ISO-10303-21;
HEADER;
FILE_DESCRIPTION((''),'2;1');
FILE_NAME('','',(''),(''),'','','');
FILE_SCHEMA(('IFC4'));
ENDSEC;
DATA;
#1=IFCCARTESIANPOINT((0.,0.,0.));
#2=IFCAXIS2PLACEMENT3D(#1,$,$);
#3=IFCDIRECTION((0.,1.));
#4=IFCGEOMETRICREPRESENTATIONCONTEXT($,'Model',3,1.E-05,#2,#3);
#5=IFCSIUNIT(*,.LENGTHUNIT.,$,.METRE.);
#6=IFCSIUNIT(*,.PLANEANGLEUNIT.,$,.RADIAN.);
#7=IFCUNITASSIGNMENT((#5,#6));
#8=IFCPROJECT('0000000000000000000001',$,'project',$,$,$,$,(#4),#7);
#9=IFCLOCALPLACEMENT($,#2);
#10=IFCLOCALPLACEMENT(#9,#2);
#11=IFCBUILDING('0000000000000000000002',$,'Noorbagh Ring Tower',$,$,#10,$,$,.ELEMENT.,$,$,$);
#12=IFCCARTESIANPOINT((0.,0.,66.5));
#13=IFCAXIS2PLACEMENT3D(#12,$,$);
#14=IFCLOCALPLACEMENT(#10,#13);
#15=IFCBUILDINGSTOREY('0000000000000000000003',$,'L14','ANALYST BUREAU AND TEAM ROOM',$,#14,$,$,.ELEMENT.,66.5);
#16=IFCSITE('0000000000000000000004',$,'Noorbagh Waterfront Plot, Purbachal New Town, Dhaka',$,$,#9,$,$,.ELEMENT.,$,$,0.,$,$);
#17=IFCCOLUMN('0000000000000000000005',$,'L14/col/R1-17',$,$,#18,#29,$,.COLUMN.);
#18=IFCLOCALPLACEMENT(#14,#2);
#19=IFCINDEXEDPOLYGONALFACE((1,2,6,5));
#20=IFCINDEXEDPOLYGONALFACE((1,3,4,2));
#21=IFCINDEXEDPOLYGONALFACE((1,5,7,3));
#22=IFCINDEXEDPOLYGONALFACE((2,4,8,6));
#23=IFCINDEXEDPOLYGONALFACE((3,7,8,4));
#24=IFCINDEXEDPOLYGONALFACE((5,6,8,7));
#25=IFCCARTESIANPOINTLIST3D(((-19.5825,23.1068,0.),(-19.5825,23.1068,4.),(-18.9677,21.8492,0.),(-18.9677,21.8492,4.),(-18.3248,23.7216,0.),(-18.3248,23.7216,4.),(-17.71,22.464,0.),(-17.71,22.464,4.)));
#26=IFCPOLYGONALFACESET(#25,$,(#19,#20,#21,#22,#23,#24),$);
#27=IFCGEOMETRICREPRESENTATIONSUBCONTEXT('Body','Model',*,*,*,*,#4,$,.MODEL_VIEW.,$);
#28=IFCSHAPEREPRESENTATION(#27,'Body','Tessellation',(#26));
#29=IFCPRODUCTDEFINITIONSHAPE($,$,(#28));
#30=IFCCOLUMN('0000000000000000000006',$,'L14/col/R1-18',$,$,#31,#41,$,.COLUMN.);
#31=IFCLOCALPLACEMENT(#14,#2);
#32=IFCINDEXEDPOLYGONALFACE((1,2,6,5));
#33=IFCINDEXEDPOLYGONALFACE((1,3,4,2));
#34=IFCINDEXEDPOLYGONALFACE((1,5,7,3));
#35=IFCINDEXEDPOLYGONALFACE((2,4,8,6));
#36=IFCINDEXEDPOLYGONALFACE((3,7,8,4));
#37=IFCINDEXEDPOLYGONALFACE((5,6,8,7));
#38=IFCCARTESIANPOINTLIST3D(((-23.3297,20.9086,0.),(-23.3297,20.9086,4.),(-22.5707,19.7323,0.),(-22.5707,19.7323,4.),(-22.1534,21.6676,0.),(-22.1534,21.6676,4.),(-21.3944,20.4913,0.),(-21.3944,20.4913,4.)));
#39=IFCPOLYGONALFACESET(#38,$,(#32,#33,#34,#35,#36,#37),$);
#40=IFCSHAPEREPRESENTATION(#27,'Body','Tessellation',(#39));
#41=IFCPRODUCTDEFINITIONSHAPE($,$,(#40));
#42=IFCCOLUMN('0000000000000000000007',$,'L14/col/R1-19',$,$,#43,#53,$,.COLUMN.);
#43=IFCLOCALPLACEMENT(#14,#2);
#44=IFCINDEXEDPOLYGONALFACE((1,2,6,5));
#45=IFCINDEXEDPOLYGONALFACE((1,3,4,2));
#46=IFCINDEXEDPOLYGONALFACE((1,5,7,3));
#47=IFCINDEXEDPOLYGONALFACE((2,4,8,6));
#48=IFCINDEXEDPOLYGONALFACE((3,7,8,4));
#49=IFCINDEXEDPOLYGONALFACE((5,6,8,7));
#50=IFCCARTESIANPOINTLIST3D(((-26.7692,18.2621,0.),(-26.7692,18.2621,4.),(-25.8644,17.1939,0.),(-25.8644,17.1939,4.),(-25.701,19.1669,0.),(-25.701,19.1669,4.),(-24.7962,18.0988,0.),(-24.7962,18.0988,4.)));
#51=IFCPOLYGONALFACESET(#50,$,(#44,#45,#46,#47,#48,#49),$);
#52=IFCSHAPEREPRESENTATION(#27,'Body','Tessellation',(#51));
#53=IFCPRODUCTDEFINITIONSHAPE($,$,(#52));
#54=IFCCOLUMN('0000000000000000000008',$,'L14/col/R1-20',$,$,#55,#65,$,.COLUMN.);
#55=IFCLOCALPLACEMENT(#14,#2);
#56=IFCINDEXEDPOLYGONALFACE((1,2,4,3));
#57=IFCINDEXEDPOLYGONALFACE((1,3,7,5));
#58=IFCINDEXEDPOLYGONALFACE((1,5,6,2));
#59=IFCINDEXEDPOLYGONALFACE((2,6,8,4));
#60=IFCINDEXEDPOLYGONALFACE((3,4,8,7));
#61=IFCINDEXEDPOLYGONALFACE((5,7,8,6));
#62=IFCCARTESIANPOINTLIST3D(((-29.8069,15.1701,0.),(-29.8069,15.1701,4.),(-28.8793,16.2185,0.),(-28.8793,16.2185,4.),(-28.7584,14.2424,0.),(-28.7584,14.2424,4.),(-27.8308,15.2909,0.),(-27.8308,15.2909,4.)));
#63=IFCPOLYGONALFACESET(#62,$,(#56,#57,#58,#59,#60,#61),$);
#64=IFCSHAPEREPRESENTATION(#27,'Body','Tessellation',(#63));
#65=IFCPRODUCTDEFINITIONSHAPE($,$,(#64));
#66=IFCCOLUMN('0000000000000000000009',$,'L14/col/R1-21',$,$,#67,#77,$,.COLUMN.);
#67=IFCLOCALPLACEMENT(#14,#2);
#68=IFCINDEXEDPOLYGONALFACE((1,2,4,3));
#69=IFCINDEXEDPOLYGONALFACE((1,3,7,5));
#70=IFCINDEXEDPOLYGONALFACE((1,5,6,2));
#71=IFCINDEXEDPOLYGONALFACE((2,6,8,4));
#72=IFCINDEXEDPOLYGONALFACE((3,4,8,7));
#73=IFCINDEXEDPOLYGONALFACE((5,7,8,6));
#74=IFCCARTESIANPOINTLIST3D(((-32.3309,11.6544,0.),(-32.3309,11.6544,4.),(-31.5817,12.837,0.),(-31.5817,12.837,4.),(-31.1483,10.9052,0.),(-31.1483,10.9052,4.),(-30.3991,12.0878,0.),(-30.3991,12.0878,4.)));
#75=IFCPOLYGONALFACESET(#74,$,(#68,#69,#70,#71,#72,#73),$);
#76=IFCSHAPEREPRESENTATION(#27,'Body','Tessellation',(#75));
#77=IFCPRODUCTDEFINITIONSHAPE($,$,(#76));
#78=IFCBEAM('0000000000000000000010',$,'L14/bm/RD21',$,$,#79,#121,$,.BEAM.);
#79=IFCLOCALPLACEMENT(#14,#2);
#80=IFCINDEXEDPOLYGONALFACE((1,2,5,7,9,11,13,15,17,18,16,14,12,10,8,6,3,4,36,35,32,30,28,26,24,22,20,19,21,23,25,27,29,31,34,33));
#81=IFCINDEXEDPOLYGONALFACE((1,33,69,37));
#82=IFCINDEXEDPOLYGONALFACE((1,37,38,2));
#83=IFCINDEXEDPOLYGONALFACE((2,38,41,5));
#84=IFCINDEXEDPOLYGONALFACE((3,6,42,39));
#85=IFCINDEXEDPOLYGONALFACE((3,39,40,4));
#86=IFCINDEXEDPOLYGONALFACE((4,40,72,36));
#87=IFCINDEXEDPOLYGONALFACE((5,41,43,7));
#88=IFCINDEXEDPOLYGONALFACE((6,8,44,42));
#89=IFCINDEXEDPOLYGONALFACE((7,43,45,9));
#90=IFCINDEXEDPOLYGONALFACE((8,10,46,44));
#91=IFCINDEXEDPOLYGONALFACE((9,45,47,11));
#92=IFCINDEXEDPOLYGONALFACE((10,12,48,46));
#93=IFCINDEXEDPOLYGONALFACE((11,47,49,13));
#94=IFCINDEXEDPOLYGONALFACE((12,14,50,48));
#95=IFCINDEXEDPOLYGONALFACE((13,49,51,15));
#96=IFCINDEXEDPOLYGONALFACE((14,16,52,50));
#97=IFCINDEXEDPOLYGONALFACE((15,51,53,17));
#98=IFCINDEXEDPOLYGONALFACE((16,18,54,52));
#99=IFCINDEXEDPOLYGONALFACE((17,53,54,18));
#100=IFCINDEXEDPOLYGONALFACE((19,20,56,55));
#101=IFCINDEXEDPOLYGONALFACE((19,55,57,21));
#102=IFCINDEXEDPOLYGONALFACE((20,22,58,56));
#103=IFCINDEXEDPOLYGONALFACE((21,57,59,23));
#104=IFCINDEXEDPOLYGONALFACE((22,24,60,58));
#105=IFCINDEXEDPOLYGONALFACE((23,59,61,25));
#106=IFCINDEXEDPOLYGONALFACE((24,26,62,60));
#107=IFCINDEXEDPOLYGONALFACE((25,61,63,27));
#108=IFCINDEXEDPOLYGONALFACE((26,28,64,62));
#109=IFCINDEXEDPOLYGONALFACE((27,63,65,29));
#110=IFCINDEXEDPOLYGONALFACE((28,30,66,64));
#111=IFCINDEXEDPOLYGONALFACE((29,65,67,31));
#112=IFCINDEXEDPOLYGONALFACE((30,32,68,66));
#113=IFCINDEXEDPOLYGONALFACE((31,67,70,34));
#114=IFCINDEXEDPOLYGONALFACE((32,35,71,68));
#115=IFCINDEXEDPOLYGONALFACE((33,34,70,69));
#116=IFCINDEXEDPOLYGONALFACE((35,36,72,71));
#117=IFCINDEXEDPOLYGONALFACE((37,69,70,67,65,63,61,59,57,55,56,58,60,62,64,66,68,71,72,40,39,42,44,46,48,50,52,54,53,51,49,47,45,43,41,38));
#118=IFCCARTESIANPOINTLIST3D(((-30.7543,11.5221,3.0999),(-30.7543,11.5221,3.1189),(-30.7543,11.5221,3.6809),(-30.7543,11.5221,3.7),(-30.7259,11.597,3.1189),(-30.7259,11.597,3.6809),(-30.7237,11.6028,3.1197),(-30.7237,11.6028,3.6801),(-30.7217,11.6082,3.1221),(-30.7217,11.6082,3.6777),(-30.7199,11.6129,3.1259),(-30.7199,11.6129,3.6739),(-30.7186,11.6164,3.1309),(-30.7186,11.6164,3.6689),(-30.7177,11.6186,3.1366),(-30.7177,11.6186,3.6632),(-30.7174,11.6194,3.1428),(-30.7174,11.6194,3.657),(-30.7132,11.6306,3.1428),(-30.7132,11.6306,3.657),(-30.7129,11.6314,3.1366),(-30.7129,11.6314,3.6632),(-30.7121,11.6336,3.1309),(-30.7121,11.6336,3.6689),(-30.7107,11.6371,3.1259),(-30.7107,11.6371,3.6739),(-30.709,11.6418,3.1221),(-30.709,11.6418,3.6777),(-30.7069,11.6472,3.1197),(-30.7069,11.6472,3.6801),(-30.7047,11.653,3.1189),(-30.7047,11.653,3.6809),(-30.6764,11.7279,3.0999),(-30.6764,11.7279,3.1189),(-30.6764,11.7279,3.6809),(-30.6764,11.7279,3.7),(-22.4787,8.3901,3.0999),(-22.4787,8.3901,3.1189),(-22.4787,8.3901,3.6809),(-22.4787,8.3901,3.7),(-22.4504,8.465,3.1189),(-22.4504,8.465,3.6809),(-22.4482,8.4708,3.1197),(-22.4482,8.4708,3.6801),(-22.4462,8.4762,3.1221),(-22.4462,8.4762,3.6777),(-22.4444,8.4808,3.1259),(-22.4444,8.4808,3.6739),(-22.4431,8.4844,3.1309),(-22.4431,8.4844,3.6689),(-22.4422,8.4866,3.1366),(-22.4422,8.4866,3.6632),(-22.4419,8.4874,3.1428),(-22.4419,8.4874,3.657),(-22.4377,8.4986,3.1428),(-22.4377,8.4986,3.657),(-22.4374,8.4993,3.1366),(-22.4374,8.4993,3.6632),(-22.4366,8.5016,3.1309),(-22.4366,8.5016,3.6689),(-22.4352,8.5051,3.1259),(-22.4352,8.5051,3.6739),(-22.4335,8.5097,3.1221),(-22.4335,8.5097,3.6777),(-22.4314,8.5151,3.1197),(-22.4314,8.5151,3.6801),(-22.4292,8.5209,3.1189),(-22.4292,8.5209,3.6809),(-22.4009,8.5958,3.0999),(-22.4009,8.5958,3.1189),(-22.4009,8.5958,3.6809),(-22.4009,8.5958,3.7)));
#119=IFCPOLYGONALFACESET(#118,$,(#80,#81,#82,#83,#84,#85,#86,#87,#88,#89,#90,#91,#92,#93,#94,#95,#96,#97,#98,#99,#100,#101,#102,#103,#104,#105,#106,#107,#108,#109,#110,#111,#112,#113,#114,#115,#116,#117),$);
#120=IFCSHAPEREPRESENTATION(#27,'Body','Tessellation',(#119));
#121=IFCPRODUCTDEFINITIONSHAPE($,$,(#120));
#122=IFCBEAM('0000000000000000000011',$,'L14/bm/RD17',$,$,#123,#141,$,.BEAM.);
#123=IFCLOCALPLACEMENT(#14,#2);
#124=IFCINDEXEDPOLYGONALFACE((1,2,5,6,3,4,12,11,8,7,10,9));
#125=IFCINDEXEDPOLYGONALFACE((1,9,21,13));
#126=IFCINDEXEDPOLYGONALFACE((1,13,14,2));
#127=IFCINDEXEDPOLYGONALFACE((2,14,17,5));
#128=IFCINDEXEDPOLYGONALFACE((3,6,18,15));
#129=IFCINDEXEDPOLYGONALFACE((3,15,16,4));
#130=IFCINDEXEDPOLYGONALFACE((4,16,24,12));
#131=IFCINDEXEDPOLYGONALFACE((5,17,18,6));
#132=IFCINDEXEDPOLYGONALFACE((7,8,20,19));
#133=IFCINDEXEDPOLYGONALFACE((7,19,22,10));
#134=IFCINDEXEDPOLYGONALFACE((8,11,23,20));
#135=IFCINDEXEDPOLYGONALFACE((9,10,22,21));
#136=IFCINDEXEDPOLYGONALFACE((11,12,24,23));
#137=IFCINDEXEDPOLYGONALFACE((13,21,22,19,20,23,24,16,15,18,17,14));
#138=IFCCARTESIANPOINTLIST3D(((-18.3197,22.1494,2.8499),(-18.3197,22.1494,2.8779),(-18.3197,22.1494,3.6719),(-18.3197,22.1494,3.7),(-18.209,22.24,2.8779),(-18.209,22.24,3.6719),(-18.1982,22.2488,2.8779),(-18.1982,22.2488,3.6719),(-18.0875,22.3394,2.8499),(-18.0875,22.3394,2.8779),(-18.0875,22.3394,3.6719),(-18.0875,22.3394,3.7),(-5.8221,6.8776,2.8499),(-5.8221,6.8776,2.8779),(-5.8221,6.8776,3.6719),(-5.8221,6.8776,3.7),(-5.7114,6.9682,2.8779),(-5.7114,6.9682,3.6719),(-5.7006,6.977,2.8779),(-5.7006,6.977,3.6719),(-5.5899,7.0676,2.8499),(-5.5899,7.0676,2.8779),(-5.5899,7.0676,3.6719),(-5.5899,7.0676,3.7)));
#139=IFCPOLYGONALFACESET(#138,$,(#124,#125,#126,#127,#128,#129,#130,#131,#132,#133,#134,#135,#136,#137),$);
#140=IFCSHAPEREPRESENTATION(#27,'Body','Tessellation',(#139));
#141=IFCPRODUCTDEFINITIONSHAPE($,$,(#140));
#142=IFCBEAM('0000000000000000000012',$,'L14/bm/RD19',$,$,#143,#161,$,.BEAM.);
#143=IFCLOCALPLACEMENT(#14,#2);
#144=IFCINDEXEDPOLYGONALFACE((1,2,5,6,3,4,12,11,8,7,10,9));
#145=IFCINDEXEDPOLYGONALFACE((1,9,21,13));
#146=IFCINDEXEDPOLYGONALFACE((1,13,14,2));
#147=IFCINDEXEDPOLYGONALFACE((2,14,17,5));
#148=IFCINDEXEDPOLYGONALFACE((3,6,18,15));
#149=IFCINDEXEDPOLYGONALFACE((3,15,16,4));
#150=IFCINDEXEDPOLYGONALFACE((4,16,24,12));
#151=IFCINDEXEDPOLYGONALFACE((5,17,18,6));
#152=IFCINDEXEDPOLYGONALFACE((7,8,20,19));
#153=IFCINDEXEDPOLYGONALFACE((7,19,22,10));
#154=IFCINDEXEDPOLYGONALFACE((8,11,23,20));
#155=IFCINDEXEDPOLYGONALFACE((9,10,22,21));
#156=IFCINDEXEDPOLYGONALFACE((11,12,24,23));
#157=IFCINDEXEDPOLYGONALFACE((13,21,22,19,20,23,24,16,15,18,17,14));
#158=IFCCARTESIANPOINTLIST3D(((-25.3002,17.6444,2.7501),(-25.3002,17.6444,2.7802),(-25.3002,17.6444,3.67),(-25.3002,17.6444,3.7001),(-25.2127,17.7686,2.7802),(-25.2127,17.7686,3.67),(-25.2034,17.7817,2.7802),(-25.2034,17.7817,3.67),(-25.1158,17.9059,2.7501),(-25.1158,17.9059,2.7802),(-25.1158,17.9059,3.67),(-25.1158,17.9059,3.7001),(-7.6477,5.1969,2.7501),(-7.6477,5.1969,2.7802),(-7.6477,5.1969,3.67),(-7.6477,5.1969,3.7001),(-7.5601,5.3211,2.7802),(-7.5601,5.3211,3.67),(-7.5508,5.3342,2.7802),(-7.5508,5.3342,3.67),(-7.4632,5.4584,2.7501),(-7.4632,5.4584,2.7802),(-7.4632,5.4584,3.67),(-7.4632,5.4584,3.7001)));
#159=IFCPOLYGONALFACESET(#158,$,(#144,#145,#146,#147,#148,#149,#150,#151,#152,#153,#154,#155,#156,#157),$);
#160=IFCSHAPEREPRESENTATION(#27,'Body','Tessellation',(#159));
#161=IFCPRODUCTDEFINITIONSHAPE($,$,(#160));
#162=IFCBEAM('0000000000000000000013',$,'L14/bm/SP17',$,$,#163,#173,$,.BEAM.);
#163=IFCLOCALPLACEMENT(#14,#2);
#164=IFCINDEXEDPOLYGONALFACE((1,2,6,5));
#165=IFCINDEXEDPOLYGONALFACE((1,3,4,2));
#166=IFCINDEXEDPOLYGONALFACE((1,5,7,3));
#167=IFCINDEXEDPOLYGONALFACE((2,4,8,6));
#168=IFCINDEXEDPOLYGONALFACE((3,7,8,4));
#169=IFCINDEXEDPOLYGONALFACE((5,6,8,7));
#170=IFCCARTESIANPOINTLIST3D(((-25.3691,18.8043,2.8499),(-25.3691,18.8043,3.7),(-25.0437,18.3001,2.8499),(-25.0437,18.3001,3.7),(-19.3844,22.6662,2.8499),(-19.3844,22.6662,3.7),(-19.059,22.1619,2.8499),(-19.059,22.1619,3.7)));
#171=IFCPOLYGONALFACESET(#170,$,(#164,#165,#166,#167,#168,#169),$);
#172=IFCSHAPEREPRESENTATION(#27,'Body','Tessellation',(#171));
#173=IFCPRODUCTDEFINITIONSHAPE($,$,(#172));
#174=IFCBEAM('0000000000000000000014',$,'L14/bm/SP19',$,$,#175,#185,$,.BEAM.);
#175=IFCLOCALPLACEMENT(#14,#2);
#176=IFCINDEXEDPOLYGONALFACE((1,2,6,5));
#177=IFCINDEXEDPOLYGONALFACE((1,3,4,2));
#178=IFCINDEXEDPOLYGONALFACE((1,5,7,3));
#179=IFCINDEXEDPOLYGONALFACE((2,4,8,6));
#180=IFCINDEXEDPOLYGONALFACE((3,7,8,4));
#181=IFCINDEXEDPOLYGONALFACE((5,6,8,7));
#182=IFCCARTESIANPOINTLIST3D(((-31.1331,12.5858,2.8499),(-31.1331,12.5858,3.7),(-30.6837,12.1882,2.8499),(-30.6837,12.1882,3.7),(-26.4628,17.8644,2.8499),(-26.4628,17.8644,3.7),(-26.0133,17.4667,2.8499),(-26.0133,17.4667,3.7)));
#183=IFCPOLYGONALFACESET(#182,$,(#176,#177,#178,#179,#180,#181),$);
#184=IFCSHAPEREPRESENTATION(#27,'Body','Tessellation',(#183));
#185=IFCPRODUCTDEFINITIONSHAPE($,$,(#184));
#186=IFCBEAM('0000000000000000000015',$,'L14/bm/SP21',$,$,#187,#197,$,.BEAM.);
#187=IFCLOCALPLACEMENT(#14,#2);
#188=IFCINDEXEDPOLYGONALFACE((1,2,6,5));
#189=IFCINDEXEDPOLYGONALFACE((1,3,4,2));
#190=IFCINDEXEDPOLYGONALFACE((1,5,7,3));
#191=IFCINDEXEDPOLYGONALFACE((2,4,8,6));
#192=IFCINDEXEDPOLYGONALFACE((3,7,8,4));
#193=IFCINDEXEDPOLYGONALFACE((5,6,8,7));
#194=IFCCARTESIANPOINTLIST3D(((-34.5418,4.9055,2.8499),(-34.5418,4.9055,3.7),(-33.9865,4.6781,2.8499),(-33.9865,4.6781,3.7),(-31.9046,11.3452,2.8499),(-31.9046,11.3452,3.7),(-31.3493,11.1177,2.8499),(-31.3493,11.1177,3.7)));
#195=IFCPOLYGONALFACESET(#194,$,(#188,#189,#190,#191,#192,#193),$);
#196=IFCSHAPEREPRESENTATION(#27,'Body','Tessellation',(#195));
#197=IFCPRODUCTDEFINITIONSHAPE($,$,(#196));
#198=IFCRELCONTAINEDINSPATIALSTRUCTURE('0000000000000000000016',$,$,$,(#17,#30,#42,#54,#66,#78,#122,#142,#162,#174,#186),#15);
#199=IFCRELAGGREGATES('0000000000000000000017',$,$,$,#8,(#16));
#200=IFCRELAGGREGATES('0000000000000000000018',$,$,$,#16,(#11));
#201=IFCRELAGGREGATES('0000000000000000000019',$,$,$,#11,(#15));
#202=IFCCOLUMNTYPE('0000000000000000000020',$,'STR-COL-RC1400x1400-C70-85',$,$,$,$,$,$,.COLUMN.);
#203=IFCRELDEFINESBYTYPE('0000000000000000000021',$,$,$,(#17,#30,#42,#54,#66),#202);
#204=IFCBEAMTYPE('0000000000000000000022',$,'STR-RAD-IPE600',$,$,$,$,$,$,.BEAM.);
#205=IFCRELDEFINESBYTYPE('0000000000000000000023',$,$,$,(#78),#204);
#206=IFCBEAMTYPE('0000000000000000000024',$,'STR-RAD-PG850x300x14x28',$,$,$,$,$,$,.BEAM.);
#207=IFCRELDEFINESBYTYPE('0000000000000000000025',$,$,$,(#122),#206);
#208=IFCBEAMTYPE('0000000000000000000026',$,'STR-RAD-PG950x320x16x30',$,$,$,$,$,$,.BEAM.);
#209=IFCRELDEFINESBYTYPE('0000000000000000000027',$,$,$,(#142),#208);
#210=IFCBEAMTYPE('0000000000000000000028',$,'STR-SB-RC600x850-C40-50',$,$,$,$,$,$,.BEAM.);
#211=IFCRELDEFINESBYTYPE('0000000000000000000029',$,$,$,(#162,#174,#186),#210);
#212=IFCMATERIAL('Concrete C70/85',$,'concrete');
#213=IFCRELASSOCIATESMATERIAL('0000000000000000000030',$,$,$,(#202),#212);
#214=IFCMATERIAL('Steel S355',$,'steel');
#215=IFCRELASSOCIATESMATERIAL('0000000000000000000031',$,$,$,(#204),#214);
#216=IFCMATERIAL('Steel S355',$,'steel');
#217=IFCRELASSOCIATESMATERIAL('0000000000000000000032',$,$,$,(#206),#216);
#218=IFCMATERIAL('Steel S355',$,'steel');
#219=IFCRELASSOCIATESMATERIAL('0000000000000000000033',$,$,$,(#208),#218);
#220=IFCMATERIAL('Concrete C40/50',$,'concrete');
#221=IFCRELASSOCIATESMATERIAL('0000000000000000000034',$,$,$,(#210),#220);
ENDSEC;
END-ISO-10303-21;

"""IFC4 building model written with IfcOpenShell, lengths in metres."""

from ifc_helpers import new_model, si_unit, direction, frame, origin, origin_2d, place, context, subcontext, project, spatial, rectangle, i_section, extrude, material, material_profile, profile_set, type_object, element, save


model = new_model("IFC4")

# Units and contexts
model_context = context("Model", 3, precision=1e-05, world=origin(), true_north=direction((0.0, 1.0)))
body_context = subcontext(model_context, "Body", "Model", "MODEL_VIEW")
ifc_project = project(units=[si_unit("LENGTHUNIT", "METRE"), si_unit("PLANEANGLEUNIT", "RADIAN")], contexts=[model_context])

# Site, building, storey
site_placement = place(None, origin())
site = spatial("IfcSite", under=ifc_project, at=site_placement, Name="Noorbagh Waterfront Plot, Purbachal New Town, Dhaka", CompositionType="ELEMENT", RefElevation=0.0)
building_placement = place(site_placement, origin())
building = spatial("IfcBuilding", under=site, at=building_placement, Name="Noorbagh Ring Tower", CompositionType="ELEMENT")
storey_placement = place(building_placement, frame((0.0, 0.0, 66.5)))
storey = spatial("IfcBuildingStorey", under=building, at=storey_placement, Name="L14", Description="ANALYST BUREAU AND TEAM ROOM", CompositionType="ELEMENT", Elevation=66.5)

# Columns
ifc_material_1 = material(Name="Concrete C70/85", Category="concrete")
ifc_material_profile_1 = material_profile(ifc_material_1, rectangle(XDim=1.3999, YDim=1.3999, at=origin_2d()), Name="RC1400x1400")
ifc_profile_set_1 = profile_set([ifc_material_profile_1], Name="Concrete C70/85")
column_type = type_object("IfcColumnType", Name="STR-COL-RC1400x1400-C70-85", PredefinedType="COLUMN", material=ifc_profile_set_1)
for number, where, z_axis, x_axis, name in (
    (1, (-18.6462, 22.7854, 0.0), (0.0, 0.0, 1.0), (-0.898399, -0.43918, 0.0), "L14/col/R1-17"),
    (2, (-22.3621, 20.7, 0.0), (0.0, 0.0, 1.0), (-0.840248, -0.542203, 0.0), "L14/col/R1-18"),
    (3, (-25.7827, 18.1804, 0.0), (0.0, 0.0, 1.0), (-0.763035, -0.646357, 0.0), "L14/col/R1-19"),
    (4, (-28.8188, 15.2305, 0.0), (0.0, 0.0, 1.0), (-0.662636, -0.748942, 0.0), "L14/col/R1-20"),
    (5, (-31.365, 11.8711, 0.0), (0.0, 0.0, 1.0), (-0.53519, -0.844731, 0.0), "L14/col/R1-21"),
):
    element("IfcColumn", number, at=place(storey_placement, frame(where, z_axis=z_axis, x_axis=x_axis)), inside=storey, type_object=column_type, Name=name, PredefinedType="COLUMN", context=body_context, shape_type="SweptSolid", body=[
        extrude(rectangle(XDim=1.3999, YDim=1.3999, at=origin_2d()), origin(), (0.0, 0.0, 1.0), 4.0),
    ])

# Beams
ifc_material_2 = material(Name="Steel S355", Category="steel")
ifc_material_profile_2 = material_profile(ifc_material_2, i_section(OverallWidth=0.22, OverallDepth=0.6001, WebThickness=0.012, FlangeThickness=0.019, FilletRadius=0.0239, at=origin_2d()), Name="IPE600")
ifc_profile_set_2 = profile_set([ifc_material_profile_2], Name="Steel S355")
beam_type_1 = type_object("IfcBeamType", Name="STR-RAD-IPE600", PredefinedType="BEAM", material=ifc_profile_set_2)
beam_1_placement = place(storey_placement, frame((-30.7153, 11.625, 3.3999), z_axis=(0.935258, -0.353967, 0.0), x_axis=(0.353967, 0.935258, 0.0)))
element("IfcBeam", 6, at=beam_1_placement, inside=storey, type_object=beam_type_1, Name="L14/bm/RD21", PredefinedType="BEAM", context=body_context, shape_type="SweptSolid", body=[
    extrude(i_section(OverallWidth=0.22, OverallDepth=0.6001, WebThickness=0.012, FlangeThickness=0.019, FilletRadius=0.0239, at=origin_2d()), origin(), (0.0, 0.0, 1.0), 8.8484),
])
ifc_material_3 = material(Name="Steel S355", Category="steel")
ifc_material_profile_3 = material_profile(ifc_material_3, i_section(OverallWidth=0.3, OverallDepth=0.8501, WebThickness=0.0139, FlangeThickness=0.0281, at=origin_2d()), Name="PG850x300x14x28")
ifc_profile_set_3 = profile_set([ifc_material_profile_3], Name="Steel S355")
beam_type_2 = type_object("IfcBeamType", Name="STR-RAD-PG850x300x14x28", PredefinedType="BEAM", material=ifc_profile_set_3)
beam_2_placement = place(storey_placement, frame((-18.2036, 22.2444, 3.2749), z_axis=(0.633314, -0.773895, 0.0), x_axis=(0.773895, 0.633314, 0.0)))
element("IfcBeam", 7, at=beam_2_placement, inside=storey, type_object=beam_type_2, Name="L14/bm/RD17", PredefinedType="BEAM", context=body_context, shape_type="SweptSolid", body=[
    extrude(i_section(OverallWidth=0.3, OverallDepth=0.8501, WebThickness=0.0139, FlangeThickness=0.0281, at=origin_2d()), origin(), (0.0, 0.0, 1.0), 19.7336),
])
ifc_material_4 = material(Name="Steel S355", Category="steel")
ifc_material_profile_4 = material_profile(ifc_material_4, i_section(OverallWidth=0.3201, OverallDepth=0.95, WebThickness=0.0161, FlangeThickness=0.03, at=origin_2d()), Name="PG950x320x16x30")
ifc_profile_set_4 = profile_set([ifc_material_profile_4], Name="Steel S355")
beam_type_3 = type_object("IfcBeamType", Name="STR-RAD-PG950x320x16x30", PredefinedType="BEAM", material=ifc_profile_set_4)
beam_3_placement = place(storey_placement, frame((-25.208, 17.7751, 3.2251), z_axis=(0.817254, -0.576277, 0.0), x_axis=(0.576277, 0.817254, 0.0)))
element("IfcBeam", 8, at=beam_3_placement, inside=storey, type_object=beam_type_3, Name="L14/bm/RD19", PredefinedType="BEAM", context=body_context, shape_type="SweptSolid", body=[
    extrude(i_section(OverallWidth=0.3201, OverallDepth=0.95, WebThickness=0.0161, FlangeThickness=0.03, at=origin_2d()), origin(), (0.0, 0.0, 1.0), 21.5999),
])
ifc_material_5 = material(Name="Concrete C40/50", Category="concrete")
ifc_material_profile_5 = material_profile(ifc_material_5, rectangle(XDim=0.6001, YDim=0.8501, at=origin_2d()), Name="RC600x850")
ifc_profile_set_5 = profile_set([ifc_material_profile_5], Name="Concrete C40/50")
beam_type_4 = type_object("IfcBeamType", Name="STR-SB-RC600x850-C40-50", PredefinedType="BEAM", material=ifc_profile_set_5)
beam_4_placement = place(storey_placement, frame((-19.2217, 22.4141, 3.2749), z_axis=(-0.840247, -0.542203, 0.0), x_axis=(0.542203, -0.840247, 0.0)))
element("IfcBeam", 9, at=beam_4_placement, inside=storey, type_object=beam_type_4, Name="L14/bm/SP17", PredefinedType="BEAM", context=body_context, shape_type="SweptSolid", body=[
    extrude(rectangle(XDim=0.6001, YDim=0.8501, at=origin_2d()), origin(), (0.0, 0.0, 1.0), 7.1226),
])
beam_5_placement = place(storey_placement, frame((-26.238, 17.6655, 3.2749), z_axis=(-0.662646, -0.748932, 0.0), x_axis=(0.748932, -0.662646, 0.0)))
element("IfcBeam", 10, at=beam_5_placement, inside=storey, type_object=beam_type_4, Name="L14/bm/SP19", PredefinedType="BEAM", context=body_context, shape_type="SweptSolid", body=[
    extrude(rectangle(XDim=0.6001, YDim=0.8501, at=origin_2d()), origin(), (0.0, 0.0, 1.0), 7.0481),
])
beam_6_placement = place(storey_placement, frame((-31.627, 11.2314, 3.2749), z_axis=(-0.378976, -0.925407, 0.0), x_axis=(0.925407, -0.378976, 0.0)))
element("IfcBeam", 11, at=beam_6_placement, inside=storey, type_object=beam_type_4, Name="L14/bm/SP21", PredefinedType="BEAM", context=body_context, shape_type="SweptSolid", body=[
    extrude(rectangle(XDim=0.6001, YDim=0.8501, at=origin_2d()), origin(), (0.0, 0.0, 1.0), 6.9587),
])

save(model, "model.ifc")
